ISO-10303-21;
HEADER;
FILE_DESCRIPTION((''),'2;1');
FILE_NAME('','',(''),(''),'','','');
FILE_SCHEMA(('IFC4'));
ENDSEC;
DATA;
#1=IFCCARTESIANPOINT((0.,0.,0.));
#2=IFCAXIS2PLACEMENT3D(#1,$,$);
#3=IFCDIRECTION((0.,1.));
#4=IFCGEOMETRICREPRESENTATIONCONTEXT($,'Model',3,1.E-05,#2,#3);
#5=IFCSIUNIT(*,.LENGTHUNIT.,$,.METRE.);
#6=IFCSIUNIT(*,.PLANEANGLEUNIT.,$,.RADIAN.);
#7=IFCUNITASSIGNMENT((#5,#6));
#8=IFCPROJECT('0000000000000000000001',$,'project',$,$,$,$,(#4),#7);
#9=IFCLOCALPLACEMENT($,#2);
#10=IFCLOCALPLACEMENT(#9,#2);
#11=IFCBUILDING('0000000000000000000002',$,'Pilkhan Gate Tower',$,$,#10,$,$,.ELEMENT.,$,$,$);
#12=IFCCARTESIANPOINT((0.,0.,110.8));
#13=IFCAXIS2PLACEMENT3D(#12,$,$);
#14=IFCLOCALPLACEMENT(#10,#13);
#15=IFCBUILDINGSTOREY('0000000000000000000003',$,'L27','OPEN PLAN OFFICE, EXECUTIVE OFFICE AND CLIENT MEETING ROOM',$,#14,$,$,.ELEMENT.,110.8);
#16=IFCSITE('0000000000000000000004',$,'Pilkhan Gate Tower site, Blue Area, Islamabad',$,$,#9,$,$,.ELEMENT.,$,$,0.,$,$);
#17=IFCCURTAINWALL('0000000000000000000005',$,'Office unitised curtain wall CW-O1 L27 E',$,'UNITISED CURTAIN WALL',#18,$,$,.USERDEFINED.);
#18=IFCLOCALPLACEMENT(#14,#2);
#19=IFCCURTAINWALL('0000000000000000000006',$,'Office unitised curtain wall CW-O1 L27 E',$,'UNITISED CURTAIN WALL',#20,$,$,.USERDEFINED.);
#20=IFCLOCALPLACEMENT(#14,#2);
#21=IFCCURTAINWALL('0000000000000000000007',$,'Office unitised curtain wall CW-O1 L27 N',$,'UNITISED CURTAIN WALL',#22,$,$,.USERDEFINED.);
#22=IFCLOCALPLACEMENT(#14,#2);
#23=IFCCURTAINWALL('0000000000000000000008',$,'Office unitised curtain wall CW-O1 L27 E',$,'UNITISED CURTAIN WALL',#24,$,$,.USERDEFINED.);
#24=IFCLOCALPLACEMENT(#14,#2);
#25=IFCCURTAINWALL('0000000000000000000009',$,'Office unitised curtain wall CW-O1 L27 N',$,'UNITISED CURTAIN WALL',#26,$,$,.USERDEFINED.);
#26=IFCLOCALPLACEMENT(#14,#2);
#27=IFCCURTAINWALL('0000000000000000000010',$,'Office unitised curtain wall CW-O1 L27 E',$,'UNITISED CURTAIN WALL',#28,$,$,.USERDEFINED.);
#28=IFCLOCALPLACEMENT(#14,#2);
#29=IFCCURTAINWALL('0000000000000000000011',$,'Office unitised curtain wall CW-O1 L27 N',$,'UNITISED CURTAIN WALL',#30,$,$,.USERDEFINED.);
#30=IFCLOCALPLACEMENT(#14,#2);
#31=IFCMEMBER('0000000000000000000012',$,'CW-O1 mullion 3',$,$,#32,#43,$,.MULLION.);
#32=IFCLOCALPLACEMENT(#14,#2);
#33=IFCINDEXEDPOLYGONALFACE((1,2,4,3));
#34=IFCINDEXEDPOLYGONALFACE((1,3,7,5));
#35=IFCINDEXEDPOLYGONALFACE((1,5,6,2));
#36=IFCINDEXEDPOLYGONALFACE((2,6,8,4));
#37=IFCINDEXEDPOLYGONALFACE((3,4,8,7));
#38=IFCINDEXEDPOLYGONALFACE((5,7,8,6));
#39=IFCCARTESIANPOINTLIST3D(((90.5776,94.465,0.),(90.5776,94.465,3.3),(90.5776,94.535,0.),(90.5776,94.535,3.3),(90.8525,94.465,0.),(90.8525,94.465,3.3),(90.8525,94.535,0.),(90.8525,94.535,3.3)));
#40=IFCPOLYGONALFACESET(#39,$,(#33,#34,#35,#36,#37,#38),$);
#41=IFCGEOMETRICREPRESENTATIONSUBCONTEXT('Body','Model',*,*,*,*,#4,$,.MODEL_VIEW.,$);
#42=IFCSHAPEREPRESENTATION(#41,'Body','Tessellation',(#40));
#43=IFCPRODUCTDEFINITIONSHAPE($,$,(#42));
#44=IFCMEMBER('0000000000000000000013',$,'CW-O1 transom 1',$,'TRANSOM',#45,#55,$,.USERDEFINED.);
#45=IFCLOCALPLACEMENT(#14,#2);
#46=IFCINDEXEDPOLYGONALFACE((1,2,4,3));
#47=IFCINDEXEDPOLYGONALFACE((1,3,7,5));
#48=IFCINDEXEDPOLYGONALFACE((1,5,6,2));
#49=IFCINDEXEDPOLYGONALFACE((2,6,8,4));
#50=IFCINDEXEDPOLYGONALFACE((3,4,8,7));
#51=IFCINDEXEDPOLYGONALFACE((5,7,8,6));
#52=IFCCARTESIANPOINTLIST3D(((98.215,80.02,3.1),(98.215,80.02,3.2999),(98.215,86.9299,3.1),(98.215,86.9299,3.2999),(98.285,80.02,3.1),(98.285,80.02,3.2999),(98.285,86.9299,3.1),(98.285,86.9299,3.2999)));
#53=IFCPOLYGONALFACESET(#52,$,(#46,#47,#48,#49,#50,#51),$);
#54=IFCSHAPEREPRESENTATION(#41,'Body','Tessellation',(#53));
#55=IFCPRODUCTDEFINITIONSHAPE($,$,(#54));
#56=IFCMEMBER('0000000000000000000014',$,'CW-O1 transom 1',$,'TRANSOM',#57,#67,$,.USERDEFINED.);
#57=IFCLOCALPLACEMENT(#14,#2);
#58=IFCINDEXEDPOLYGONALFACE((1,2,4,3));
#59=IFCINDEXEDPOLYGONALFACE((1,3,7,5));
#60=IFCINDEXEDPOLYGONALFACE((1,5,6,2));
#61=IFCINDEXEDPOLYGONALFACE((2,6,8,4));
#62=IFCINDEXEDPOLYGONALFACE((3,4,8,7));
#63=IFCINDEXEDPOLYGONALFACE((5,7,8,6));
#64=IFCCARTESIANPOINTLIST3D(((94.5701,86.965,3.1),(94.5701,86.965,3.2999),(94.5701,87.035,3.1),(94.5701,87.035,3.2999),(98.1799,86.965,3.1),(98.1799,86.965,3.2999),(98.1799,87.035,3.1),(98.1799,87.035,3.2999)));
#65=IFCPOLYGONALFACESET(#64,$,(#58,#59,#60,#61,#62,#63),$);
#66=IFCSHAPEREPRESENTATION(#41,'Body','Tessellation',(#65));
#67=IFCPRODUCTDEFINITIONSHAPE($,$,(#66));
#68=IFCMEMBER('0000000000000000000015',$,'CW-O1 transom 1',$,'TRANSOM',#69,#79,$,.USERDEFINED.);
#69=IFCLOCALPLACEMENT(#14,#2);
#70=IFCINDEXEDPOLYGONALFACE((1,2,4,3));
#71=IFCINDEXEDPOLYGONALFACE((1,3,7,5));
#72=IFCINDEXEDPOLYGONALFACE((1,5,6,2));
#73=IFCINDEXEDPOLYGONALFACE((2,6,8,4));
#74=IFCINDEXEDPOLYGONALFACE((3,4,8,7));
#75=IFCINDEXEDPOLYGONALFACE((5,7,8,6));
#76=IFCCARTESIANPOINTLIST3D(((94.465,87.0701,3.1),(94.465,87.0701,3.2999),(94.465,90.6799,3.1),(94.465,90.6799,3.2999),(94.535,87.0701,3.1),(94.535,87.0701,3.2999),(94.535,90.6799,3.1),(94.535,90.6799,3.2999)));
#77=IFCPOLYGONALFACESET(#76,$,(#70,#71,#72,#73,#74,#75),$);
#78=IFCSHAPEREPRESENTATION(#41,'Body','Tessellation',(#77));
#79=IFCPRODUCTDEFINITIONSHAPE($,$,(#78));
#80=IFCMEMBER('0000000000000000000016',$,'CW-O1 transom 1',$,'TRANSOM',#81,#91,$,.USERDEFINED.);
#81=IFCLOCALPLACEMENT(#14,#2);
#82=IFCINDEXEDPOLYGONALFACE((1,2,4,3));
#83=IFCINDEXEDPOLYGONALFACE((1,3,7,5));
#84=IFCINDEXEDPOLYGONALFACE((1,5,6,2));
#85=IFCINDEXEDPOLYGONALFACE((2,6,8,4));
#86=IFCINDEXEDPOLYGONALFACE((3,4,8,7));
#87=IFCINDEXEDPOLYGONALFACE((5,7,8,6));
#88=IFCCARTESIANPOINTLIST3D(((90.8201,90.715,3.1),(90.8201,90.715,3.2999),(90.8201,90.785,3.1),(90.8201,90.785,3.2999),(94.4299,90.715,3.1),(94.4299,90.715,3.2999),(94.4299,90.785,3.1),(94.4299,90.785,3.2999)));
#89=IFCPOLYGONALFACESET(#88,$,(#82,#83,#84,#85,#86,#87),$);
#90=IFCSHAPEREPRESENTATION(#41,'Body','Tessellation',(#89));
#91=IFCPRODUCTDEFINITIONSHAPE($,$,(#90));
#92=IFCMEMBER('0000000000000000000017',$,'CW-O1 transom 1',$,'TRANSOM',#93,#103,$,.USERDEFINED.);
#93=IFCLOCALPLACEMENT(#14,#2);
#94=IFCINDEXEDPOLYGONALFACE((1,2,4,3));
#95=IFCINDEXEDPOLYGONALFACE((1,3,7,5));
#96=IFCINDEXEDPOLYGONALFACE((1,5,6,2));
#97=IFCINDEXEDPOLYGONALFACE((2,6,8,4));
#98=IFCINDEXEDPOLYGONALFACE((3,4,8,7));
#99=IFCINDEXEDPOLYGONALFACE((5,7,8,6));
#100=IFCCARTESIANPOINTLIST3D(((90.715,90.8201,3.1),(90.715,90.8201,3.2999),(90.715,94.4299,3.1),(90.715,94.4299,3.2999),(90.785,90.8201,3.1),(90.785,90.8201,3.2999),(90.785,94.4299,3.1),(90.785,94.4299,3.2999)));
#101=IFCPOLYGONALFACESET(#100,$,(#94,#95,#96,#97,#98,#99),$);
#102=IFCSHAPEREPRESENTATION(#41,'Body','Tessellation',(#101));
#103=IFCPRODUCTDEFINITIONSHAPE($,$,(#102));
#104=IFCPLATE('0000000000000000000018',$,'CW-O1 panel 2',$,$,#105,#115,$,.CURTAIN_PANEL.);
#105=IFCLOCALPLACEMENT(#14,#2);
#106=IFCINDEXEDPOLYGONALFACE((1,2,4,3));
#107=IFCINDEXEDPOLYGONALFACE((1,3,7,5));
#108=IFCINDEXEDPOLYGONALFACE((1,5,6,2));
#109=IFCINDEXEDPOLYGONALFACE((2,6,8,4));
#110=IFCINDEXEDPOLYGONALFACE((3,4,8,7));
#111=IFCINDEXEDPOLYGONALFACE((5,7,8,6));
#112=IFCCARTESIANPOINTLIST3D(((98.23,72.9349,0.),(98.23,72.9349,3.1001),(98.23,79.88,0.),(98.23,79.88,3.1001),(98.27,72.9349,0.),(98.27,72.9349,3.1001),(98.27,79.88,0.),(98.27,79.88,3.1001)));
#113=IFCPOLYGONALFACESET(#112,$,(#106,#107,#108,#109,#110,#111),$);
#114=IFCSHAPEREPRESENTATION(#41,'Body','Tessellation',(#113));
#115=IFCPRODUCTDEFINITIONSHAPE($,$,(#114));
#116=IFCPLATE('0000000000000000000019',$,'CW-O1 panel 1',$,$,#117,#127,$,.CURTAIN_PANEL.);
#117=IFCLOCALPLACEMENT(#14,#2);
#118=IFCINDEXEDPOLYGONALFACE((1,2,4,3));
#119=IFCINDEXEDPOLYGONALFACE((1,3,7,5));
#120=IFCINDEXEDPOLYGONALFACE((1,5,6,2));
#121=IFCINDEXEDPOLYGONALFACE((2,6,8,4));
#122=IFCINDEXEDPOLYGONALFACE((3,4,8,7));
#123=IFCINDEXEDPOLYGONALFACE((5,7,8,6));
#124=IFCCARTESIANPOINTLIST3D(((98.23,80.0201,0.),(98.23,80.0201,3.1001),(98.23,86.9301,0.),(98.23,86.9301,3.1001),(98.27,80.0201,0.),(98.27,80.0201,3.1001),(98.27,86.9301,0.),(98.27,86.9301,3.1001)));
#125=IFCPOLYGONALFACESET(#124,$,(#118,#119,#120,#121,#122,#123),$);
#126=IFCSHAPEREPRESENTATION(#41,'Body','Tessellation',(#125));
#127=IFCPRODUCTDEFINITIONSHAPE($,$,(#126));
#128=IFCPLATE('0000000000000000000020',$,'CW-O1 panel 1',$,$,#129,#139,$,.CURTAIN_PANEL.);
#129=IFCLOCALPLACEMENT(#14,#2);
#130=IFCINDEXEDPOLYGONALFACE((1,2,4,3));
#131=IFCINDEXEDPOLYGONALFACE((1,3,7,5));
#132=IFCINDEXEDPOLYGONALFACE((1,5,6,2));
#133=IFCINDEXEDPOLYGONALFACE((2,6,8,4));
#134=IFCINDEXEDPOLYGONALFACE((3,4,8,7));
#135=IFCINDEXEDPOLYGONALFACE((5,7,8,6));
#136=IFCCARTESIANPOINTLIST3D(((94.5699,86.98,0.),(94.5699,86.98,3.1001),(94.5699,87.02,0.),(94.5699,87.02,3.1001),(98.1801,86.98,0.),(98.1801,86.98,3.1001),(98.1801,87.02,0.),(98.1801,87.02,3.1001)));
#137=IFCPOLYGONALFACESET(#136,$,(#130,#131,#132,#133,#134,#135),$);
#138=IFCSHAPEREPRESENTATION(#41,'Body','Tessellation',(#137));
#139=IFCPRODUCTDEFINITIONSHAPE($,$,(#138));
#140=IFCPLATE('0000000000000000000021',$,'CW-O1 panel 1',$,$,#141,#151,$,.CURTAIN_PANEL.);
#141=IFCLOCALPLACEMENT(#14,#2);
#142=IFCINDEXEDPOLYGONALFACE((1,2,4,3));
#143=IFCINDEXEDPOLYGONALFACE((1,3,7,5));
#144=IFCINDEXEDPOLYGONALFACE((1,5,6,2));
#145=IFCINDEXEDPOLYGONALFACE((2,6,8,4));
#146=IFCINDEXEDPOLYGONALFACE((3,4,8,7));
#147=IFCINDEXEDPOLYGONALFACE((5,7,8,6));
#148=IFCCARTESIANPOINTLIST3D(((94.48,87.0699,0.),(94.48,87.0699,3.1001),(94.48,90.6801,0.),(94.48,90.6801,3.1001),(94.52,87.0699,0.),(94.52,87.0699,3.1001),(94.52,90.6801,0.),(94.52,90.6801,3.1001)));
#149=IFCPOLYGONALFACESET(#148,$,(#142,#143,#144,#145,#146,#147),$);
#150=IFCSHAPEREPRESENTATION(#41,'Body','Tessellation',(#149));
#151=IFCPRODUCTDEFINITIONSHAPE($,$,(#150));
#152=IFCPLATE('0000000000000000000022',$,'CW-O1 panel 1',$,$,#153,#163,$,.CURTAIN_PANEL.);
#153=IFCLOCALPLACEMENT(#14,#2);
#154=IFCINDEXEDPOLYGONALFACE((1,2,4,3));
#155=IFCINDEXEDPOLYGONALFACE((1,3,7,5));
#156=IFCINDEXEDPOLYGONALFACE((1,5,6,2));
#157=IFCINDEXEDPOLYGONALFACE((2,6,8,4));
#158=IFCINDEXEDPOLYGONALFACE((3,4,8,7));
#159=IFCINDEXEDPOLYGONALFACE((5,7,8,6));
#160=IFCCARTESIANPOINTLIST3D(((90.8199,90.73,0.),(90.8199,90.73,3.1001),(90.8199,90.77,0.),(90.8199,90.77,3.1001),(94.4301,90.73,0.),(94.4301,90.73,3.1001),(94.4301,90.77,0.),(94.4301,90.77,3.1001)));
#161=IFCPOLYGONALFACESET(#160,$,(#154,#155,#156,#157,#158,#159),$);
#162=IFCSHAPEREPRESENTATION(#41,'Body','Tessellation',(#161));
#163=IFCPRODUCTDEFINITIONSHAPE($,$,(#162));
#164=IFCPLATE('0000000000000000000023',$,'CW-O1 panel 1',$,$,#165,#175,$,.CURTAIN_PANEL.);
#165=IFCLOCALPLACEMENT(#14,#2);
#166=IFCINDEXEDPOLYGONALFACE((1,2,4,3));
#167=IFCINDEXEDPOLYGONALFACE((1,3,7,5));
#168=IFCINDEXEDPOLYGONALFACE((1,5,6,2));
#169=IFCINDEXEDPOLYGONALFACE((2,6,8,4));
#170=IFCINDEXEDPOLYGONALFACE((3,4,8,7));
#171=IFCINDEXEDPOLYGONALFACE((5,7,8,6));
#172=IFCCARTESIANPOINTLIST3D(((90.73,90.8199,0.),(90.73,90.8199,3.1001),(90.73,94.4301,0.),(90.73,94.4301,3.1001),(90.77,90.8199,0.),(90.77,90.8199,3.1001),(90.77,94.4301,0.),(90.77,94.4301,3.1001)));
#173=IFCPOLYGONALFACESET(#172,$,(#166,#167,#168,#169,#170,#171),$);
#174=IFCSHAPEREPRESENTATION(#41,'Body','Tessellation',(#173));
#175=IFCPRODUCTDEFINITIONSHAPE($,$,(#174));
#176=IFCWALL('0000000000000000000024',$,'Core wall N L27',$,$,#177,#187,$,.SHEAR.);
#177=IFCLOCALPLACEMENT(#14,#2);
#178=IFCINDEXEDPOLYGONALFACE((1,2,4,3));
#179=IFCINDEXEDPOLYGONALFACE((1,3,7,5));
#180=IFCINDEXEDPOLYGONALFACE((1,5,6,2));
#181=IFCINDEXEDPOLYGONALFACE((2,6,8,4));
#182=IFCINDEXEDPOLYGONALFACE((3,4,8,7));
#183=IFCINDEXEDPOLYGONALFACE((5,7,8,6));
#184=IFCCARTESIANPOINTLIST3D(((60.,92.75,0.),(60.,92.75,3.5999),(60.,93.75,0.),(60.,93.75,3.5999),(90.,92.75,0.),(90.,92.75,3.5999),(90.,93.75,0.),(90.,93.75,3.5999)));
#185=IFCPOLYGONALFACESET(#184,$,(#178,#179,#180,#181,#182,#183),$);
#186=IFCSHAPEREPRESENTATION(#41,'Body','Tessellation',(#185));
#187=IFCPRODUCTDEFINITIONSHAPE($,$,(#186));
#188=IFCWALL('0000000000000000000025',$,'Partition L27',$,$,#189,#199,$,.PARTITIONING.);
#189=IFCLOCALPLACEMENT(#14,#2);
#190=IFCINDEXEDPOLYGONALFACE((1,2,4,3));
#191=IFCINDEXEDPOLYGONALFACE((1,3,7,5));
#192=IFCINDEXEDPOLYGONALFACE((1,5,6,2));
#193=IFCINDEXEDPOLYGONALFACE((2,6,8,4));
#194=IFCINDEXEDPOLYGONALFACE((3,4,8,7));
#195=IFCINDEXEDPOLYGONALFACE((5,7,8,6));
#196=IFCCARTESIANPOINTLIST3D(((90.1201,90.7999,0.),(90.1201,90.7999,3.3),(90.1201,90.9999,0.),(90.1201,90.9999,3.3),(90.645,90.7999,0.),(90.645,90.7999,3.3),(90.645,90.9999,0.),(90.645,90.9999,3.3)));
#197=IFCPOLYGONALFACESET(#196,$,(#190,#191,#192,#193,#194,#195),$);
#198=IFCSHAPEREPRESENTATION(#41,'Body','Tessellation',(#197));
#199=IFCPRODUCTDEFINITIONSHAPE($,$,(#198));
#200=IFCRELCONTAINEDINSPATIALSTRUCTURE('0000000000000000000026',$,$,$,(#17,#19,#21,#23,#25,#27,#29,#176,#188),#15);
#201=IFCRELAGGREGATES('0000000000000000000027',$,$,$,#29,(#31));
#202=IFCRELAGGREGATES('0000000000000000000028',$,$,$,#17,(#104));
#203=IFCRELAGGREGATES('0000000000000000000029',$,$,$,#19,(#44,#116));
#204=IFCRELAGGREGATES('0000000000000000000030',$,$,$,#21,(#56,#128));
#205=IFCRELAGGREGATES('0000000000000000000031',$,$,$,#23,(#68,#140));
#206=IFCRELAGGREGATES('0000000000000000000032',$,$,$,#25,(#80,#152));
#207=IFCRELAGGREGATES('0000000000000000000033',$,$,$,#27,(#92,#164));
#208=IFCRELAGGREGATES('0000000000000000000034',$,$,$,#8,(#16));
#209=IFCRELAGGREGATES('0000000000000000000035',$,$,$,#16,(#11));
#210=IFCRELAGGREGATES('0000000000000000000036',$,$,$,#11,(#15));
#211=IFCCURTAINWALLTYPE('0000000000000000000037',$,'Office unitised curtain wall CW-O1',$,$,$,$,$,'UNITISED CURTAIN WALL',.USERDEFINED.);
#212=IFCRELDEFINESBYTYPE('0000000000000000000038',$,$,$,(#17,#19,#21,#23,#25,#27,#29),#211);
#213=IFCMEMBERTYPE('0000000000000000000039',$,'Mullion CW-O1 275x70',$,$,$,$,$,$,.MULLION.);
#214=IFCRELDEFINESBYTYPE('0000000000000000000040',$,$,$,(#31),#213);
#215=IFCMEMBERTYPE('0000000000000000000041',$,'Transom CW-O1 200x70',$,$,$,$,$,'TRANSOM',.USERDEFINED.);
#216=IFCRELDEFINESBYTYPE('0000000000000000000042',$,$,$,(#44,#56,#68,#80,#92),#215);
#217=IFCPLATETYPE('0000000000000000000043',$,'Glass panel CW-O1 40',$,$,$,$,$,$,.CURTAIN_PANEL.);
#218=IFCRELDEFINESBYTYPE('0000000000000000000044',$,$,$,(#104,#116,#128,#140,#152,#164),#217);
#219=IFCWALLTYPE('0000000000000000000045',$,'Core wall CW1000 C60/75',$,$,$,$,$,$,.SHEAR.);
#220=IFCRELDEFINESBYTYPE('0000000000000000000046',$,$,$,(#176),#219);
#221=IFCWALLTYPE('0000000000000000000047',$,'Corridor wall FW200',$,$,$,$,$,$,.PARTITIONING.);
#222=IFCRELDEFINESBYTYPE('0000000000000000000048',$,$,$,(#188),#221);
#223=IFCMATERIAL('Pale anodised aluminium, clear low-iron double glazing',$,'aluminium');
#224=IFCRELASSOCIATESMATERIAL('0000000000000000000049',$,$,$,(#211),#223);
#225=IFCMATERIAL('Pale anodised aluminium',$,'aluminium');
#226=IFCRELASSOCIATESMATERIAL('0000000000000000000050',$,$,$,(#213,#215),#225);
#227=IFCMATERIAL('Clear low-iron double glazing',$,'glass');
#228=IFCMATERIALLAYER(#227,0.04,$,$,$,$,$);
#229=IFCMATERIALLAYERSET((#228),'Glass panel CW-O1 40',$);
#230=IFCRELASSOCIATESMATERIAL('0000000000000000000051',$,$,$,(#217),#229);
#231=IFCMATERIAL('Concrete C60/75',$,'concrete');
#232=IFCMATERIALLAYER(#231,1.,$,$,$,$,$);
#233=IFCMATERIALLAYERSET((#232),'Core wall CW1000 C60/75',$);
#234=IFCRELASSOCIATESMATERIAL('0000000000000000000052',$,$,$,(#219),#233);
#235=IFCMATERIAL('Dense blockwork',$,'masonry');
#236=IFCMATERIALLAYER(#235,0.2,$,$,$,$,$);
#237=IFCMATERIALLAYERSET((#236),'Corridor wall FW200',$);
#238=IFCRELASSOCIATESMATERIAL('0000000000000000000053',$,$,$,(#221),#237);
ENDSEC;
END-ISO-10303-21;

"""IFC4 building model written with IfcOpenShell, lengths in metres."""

from ifc_helpers import new_model, si_unit, direction, frame, frame_2d, origin, origin_2d, place, context, subcontext, project, spatial, rectangle, extrude, material, layer, layer_set, material_profile, profile_set, type_object, element, aggregate, save


model = new_model("IFC4")

# Units and contexts
model_context = context("Model", 3, precision=1e-05, world=origin(), true_north=direction((0.0, 1.0)))
body_context = subcontext(model_context, "Body", "Model", "MODEL_VIEW")
ifc_project = project(units=[si_unit("LENGTHUNIT", "METRE"), si_unit("PLANEANGLEUNIT", "RADIAN")], contexts=[model_context])

# Site, building, storey
site_placement = place(None, origin())
site = spatial("IfcSite", under=ifc_project, at=site_placement, Name="Pilkhan Gate Tower site, Blue Area, Islamabad", CompositionType="ELEMENT", RefElevation=0.0)
building_placement = place(site_placement, origin())
building = spatial("IfcBuilding", under=site, at=building_placement, Name="Pilkhan Gate Tower", CompositionType="ELEMENT")
storey_placement = place(building_placement, frame((0.0, 0.0, 110.8)))
storey = spatial("IfcBuildingStorey", under=building, at=storey_placement, Name="L27", Description="OPEN PLAN OFFICE, EXECUTIVE OFFICE AND CLIENT MEETING ROOM", CompositionType="ELEMENT", Elevation=110.8)

# Shared definitions
ifc_material_1 = material(Name="Concrete C60/75", Category="concrete")

# Curtain wall
ifc_material_2 = material(Name="Pale anodised aluminium, clear low-iron double glazing", Category="aluminium")
curtain_wall_type = type_object("IfcCurtainWallType", Name="Office unitised curtain wall CW-O1", ElementType="UNITISED CURTAIN WALL", PredefinedType="USERDEFINED", material=ifc_material_2)
curtain_wall_1_placement = place(storey_placement, origin())
curtain_wall_1 = element("IfcCurtainWall", 1, at=curtain_wall_1_placement, inside=storey, type_object=curtain_wall_type, Name="Office unitised curtain wall CW-O1 L27 E", ObjectType="UNITISED CURTAIN WALL", PredefinedType="USERDEFINED")
ifc_material_3 = material(Name="Pale anodised aluminium", Category="aluminium")
ifc_material_profile_1 = material_profile(ifc_material_3, rectangle(XDim=0.0701, YDim=0.2749, at=origin_2d()), Name="Mullion 275x70")
ifc_profile_set_1 = profile_set([ifc_material_profile_1], Name="Pale anodised aluminium")
member_type_1 = type_object("IfcMemberType", Name="Mullion CW-O1 275x70", PredefinedType="MULLION", material=ifc_profile_set_1)

# Curtain walls
curtain_wall_2_placement = place(storey_placement, origin())
curtain_wall_2 = element("IfcCurtainWall", 2, at=curtain_wall_2_placement, inside=storey, type_object=curtain_wall_type, Name="Office unitised curtain wall CW-O1 L27 E", ObjectType="UNITISED CURTAIN WALL", PredefinedType="USERDEFINED")
curtain_wall_3_placement = place(storey_placement, origin())
curtain_wall_3 = element("IfcCurtainWall", 3, at=curtain_wall_3_placement, inside=storey, type_object=curtain_wall_type, Name="Office unitised curtain wall CW-O1 L27 N", ObjectType="UNITISED CURTAIN WALL", PredefinedType="USERDEFINED")
curtain_wall_4_placement = place(storey_placement, origin())
curtain_wall_4 = element("IfcCurtainWall", 4, at=curtain_wall_4_placement, inside=storey, type_object=curtain_wall_type, Name="Office unitised curtain wall CW-O1 L27 E", ObjectType="UNITISED CURTAIN WALL", PredefinedType="USERDEFINED")
curtain_wall_5_placement = place(storey_placement, origin())
curtain_wall_5 = element("IfcCurtainWall", 5, at=curtain_wall_5_placement, inside=storey, type_object=curtain_wall_type, Name="Office unitised curtain wall CW-O1 L27 N", ObjectType="UNITISED CURTAIN WALL", PredefinedType="USERDEFINED")
curtain_wall_6_placement = place(storey_placement, origin())
curtain_wall_6 = element("IfcCurtainWall", 6, at=curtain_wall_6_placement, inside=storey, type_object=curtain_wall_type, Name="Office unitised curtain wall CW-O1 L27 E", ObjectType="UNITISED CURTAIN WALL", PredefinedType="USERDEFINED")

# Curtain wall, member
curtain_wall_7_placement = place(storey_placement, origin())
curtain_wall_7 = element("IfcCurtainWall", 7, at=curtain_wall_7_placement, inside=storey, type_object=curtain_wall_type, Name="Office unitised curtain wall CW-O1 L27 N", ObjectType="UNITISED CURTAIN WALL", PredefinedType="USERDEFINED")
member_1_placement = place(storey_placement, frame((90.7151, 94.5, 0.0), z_axis=(0.0, 0.0, 1.0), x_axis=(0.0, 1.0, 0.0)))
member_1 = element("IfcMember", 8, at=member_1_placement, type_object=member_type_1, Name="CW-O1 mullion 3", PredefinedType="MULLION", context=body_context, shape_type="SweptSolid", body=[
    extrude(rectangle(XDim=0.0701, YDim=0.2749, at=origin_2d()), origin(), (0.0, 0.0, 1.0), 3.3),
])
aggregate(curtain_wall_7, [member_1])

# Members
ifc_material_profile_2 = material_profile(ifc_material_3, rectangle(XDim=0.0701, YDim=0.2, at=origin_2d()), Name="Transom 200x70")
ifc_profile_set_2 = profile_set([ifc_material_profile_2], Name="Pale anodised aluminium")
member_type_2 = type_object("IfcMemberType", Name="Transom CW-O1 200x70", ElementType="TRANSOM", PredefinedType="USERDEFINED", material=ifc_profile_set_2)
member_2_placement = place(storey_placement, frame((98.25, 80.02, 3.2), z_axis=(0.0, 1.0, 0.0), x_axis=(-1.0, 0.0, 0.0)))
member_2 = element("IfcMember", 9, at=member_2_placement, type_object=member_type_2, Name="CW-O1 transom 1", ObjectType="TRANSOM", PredefinedType="USERDEFINED", context=body_context, shape_type="SweptSolid", body=[
    extrude(rectangle(XDim=0.0701, YDim=0.2, at=origin_2d()), origin(), (0.0, 0.0, 1.0), 6.9099),
])
member_3_placement = place(storey_placement, frame((94.5701, 87.0, 3.2), z_axis=(1.0, 0.0, 0.0), x_axis=(0.0, 1.0, 0.0)))
member_3 = element("IfcMember", 10, at=member_3_placement, type_object=member_type_2, Name="CW-O1 transom 1", ObjectType="TRANSOM", PredefinedType="USERDEFINED", context=body_context, shape_type="SweptSolid", body=[
    extrude(rectangle(XDim=0.0701, YDim=0.2, at=origin_2d()), origin(), (0.0, 0.0, 1.0), 3.6099),
])
member_4_placement = place(storey_placement, frame((94.5, 87.0701, 3.2), z_axis=(0.0, 1.0, 0.0), x_axis=(-1.0, 0.0, 0.0)))
member_4 = element("IfcMember", 11, at=member_4_placement, type_object=member_type_2, Name="CW-O1 transom 1", ObjectType="TRANSOM", PredefinedType="USERDEFINED", context=body_context, shape_type="SweptSolid", body=[
    extrude(rectangle(XDim=0.0701, YDim=0.2, at=origin_2d()), origin(), (0.0, 0.0, 1.0), 3.6099),
])
member_5_placement = place(storey_placement, frame((90.8201, 90.75, 3.2), z_axis=(1.0, 0.0, 0.0), x_axis=(0.0, 1.0, 0.0)))
member_5 = element("IfcMember", 12, at=member_5_placement, type_object=member_type_2, Name="CW-O1 transom 1", ObjectType="TRANSOM", PredefinedType="USERDEFINED", context=body_context, shape_type="SweptSolid", body=[
    extrude(rectangle(XDim=0.0701, YDim=0.2, at=origin_2d()), origin(), (0.0, 0.0, 1.0), 3.6099),
])
member_6_placement = place(storey_placement, frame((90.75, 90.8201, 3.2), z_axis=(0.0, 1.0, 0.0), x_axis=(-1.0, 0.0, 0.0)))
member_6 = element("IfcMember", 13, at=member_6_placement, type_object=member_type_2, Name="CW-O1 transom 1", ObjectType="TRANSOM", PredefinedType="USERDEFINED", context=body_context, shape_type="SweptSolid", body=[
    extrude(rectangle(XDim=0.0701, YDim=0.2, at=origin_2d()), origin(), (0.0, 0.0, 1.0), 3.6099),
])

# Plates
ifc_material_4 = material(Name="Clear low-iron double glazing", Category="glass")
ifc_layer_1 = layer(ifc_material_4, 0.04)
ifc_layer_set_1 = layer_set([ifc_layer_1], Name="Glass panel CW-O1 40")
plate_type = type_object("IfcPlateType", Name="Glass panel CW-O1 40", PredefinedType="CURTAIN_PANEL", material=ifc_layer_set_1)
plate_1_placement = place(storey_placement, frame((98.25, 76.4075, 0.0), z_axis=(0.0, 0.0, 1.0), x_axis=(0.0, 1.0, 0.0)))
plate_1 = element("IfcPlate", 14, at=plate_1_placement, type_object=plate_type, Name="CW-O1 panel 2", PredefinedType="CURTAIN_PANEL", context=body_context, shape_type="SweptSolid", body=[
    extrude(rectangle(XDim=6.9451, YDim=0.04, at=origin_2d()), origin(), (0.0, 0.0, 1.0), 3.1001),
])
aggregate(curtain_wall_1, [plate_1])
plate_2_placement = place(storey_placement, frame((98.25, 83.4751, 0.0), z_axis=(0.0, 0.0, 1.0), x_axis=(0.0, 1.0, 0.0)))
plate_2 = element("IfcPlate", 15, at=plate_2_placement, type_object=plate_type, Name="CW-O1 panel 1", PredefinedType="CURTAIN_PANEL", context=body_context, shape_type="SweptSolid", body=[
    extrude(rectangle(XDim=6.9099, YDim=0.04, at=origin_2d()), origin(), (0.0, 0.0, 1.0), 3.1001),
])
aggregate(curtain_wall_2, [member_2, plate_2])
plate_3_placement = place(storey_placement, frame((96.375, 87.0, 0.0), z_axis=(0.0, 0.0, 1.0), x_axis=(1.0, 0.0, 0.0)))
plate_3 = element("IfcPlate", 16, at=plate_3_placement, type_object=plate_type, Name="CW-O1 panel 1", PredefinedType="CURTAIN_PANEL", context=body_context, shape_type="SweptSolid", body=[
    extrude(rectangle(XDim=3.6101, YDim=0.04, at=origin_2d()), origin(), (0.0, 0.0, 1.0), 3.1001),
])
aggregate(curtain_wall_3, [member_3, plate_3])
plate_4_placement = place(storey_placement, frame((94.5, 88.875, 0.0), z_axis=(0.0, 0.0, 1.0), x_axis=(0.0, 1.0, 0.0)))
plate_4 = element("IfcPlate", 17, at=plate_4_placement, type_object=plate_type, Name="CW-O1 panel 1", PredefinedType="CURTAIN_PANEL", context=body_context, shape_type="SweptSolid", body=[
    extrude(rectangle(XDim=3.6101, YDim=0.04, at=origin_2d()), origin(), (0.0, 0.0, 1.0), 3.1001),
])
aggregate(curtain_wall_4, [member_4, plate_4])
plate_5_placement = place(storey_placement, frame((92.625, 90.75, 0.0), z_axis=(0.0, 0.0, 1.0), x_axis=(1.0, 0.0, 0.0)))
plate_5 = element("IfcPlate", 18, at=plate_5_placement, type_object=plate_type, Name="CW-O1 panel 1", PredefinedType="CURTAIN_PANEL", context=body_context, shape_type="SweptSolid", body=[
    extrude(rectangle(XDim=3.6101, YDim=0.04, at=origin_2d()), origin(), (0.0, 0.0, 1.0), 3.1001),
])
aggregate(curtain_wall_5, [member_5, plate_5])
plate_6_placement = place(storey_placement, frame((90.75, 92.625, 0.0), z_axis=(0.0, 0.0, 1.0), x_axis=(0.0, 1.0, 0.0)))
plate_6 = element("IfcPlate", 19, at=plate_6_placement, type_object=plate_type, Name="CW-O1 panel 1", PredefinedType="CURTAIN_PANEL", context=body_context, shape_type="SweptSolid", body=[
    extrude(rectangle(XDim=3.6101, YDim=0.04, at=origin_2d()), origin(), (0.0, 0.0, 1.0), 3.1001),
])
aggregate(curtain_wall_6, [member_6, plate_6])

# Walls
ifc_layer_2 = layer(ifc_material_1, 1.0)
ifc_layer_set_2 = layer_set([ifc_layer_2], Name="Core wall CW1000 C60/75")
wall_type_1 = type_object("IfcWallType", Name="Core wall CW1000 C60/75", PredefinedType="SHEAR", material=ifc_layer_set_2)
wall_1_placement = place(storey_placement, frame((90.0, 93.25, 0.0), z_axis=(0.0, 0.0, 1.0), x_axis=(-1.0, 0.0, 0.0)))
element("IfcWall", 20, at=wall_1_placement, inside=storey, type_object=wall_type_1, Name="Core wall N L27", PredefinedType="SHEAR", context=body_context, shape_type="SweptSolid", body=[
    extrude(rectangle(XDim=30.0, YDim=1.0, at=frame_2d((15.0, 0.0))), origin(), (0.0, 0.0, 1.0), 3.5999),
])
ifc_material_5 = material(Name="Dense blockwork", Category="masonry")
ifc_layer_3 = layer(ifc_material_5, 0.2)
ifc_layer_set_3 = layer_set([ifc_layer_3], Name="Corridor wall FW200")
wall_type_2 = type_object("IfcWallType", Name="Corridor wall FW200", PredefinedType="PARTITIONING", material=ifc_layer_set_3)
wall_2_placement = place(storey_placement, frame((90.1201, 90.8999, 0.0), z_axis=(0.0, 0.0, 1.0), x_axis=(1.0, 0.0, 0.0)))
element("IfcWall", 21, at=wall_2_placement, inside=storey, type_object=wall_type_2, Name="Partition L27", PredefinedType="PARTITIONING", context=body_context, shape_type="SweptSolid", body=[
    extrude(rectangle(XDim=0.5249, YDim=0.2, at=frame_2d((0.2625, 0.0))), origin(), (0.0, 0.0, 1.0), 3.3),
])

save(model, "model.ifc")
